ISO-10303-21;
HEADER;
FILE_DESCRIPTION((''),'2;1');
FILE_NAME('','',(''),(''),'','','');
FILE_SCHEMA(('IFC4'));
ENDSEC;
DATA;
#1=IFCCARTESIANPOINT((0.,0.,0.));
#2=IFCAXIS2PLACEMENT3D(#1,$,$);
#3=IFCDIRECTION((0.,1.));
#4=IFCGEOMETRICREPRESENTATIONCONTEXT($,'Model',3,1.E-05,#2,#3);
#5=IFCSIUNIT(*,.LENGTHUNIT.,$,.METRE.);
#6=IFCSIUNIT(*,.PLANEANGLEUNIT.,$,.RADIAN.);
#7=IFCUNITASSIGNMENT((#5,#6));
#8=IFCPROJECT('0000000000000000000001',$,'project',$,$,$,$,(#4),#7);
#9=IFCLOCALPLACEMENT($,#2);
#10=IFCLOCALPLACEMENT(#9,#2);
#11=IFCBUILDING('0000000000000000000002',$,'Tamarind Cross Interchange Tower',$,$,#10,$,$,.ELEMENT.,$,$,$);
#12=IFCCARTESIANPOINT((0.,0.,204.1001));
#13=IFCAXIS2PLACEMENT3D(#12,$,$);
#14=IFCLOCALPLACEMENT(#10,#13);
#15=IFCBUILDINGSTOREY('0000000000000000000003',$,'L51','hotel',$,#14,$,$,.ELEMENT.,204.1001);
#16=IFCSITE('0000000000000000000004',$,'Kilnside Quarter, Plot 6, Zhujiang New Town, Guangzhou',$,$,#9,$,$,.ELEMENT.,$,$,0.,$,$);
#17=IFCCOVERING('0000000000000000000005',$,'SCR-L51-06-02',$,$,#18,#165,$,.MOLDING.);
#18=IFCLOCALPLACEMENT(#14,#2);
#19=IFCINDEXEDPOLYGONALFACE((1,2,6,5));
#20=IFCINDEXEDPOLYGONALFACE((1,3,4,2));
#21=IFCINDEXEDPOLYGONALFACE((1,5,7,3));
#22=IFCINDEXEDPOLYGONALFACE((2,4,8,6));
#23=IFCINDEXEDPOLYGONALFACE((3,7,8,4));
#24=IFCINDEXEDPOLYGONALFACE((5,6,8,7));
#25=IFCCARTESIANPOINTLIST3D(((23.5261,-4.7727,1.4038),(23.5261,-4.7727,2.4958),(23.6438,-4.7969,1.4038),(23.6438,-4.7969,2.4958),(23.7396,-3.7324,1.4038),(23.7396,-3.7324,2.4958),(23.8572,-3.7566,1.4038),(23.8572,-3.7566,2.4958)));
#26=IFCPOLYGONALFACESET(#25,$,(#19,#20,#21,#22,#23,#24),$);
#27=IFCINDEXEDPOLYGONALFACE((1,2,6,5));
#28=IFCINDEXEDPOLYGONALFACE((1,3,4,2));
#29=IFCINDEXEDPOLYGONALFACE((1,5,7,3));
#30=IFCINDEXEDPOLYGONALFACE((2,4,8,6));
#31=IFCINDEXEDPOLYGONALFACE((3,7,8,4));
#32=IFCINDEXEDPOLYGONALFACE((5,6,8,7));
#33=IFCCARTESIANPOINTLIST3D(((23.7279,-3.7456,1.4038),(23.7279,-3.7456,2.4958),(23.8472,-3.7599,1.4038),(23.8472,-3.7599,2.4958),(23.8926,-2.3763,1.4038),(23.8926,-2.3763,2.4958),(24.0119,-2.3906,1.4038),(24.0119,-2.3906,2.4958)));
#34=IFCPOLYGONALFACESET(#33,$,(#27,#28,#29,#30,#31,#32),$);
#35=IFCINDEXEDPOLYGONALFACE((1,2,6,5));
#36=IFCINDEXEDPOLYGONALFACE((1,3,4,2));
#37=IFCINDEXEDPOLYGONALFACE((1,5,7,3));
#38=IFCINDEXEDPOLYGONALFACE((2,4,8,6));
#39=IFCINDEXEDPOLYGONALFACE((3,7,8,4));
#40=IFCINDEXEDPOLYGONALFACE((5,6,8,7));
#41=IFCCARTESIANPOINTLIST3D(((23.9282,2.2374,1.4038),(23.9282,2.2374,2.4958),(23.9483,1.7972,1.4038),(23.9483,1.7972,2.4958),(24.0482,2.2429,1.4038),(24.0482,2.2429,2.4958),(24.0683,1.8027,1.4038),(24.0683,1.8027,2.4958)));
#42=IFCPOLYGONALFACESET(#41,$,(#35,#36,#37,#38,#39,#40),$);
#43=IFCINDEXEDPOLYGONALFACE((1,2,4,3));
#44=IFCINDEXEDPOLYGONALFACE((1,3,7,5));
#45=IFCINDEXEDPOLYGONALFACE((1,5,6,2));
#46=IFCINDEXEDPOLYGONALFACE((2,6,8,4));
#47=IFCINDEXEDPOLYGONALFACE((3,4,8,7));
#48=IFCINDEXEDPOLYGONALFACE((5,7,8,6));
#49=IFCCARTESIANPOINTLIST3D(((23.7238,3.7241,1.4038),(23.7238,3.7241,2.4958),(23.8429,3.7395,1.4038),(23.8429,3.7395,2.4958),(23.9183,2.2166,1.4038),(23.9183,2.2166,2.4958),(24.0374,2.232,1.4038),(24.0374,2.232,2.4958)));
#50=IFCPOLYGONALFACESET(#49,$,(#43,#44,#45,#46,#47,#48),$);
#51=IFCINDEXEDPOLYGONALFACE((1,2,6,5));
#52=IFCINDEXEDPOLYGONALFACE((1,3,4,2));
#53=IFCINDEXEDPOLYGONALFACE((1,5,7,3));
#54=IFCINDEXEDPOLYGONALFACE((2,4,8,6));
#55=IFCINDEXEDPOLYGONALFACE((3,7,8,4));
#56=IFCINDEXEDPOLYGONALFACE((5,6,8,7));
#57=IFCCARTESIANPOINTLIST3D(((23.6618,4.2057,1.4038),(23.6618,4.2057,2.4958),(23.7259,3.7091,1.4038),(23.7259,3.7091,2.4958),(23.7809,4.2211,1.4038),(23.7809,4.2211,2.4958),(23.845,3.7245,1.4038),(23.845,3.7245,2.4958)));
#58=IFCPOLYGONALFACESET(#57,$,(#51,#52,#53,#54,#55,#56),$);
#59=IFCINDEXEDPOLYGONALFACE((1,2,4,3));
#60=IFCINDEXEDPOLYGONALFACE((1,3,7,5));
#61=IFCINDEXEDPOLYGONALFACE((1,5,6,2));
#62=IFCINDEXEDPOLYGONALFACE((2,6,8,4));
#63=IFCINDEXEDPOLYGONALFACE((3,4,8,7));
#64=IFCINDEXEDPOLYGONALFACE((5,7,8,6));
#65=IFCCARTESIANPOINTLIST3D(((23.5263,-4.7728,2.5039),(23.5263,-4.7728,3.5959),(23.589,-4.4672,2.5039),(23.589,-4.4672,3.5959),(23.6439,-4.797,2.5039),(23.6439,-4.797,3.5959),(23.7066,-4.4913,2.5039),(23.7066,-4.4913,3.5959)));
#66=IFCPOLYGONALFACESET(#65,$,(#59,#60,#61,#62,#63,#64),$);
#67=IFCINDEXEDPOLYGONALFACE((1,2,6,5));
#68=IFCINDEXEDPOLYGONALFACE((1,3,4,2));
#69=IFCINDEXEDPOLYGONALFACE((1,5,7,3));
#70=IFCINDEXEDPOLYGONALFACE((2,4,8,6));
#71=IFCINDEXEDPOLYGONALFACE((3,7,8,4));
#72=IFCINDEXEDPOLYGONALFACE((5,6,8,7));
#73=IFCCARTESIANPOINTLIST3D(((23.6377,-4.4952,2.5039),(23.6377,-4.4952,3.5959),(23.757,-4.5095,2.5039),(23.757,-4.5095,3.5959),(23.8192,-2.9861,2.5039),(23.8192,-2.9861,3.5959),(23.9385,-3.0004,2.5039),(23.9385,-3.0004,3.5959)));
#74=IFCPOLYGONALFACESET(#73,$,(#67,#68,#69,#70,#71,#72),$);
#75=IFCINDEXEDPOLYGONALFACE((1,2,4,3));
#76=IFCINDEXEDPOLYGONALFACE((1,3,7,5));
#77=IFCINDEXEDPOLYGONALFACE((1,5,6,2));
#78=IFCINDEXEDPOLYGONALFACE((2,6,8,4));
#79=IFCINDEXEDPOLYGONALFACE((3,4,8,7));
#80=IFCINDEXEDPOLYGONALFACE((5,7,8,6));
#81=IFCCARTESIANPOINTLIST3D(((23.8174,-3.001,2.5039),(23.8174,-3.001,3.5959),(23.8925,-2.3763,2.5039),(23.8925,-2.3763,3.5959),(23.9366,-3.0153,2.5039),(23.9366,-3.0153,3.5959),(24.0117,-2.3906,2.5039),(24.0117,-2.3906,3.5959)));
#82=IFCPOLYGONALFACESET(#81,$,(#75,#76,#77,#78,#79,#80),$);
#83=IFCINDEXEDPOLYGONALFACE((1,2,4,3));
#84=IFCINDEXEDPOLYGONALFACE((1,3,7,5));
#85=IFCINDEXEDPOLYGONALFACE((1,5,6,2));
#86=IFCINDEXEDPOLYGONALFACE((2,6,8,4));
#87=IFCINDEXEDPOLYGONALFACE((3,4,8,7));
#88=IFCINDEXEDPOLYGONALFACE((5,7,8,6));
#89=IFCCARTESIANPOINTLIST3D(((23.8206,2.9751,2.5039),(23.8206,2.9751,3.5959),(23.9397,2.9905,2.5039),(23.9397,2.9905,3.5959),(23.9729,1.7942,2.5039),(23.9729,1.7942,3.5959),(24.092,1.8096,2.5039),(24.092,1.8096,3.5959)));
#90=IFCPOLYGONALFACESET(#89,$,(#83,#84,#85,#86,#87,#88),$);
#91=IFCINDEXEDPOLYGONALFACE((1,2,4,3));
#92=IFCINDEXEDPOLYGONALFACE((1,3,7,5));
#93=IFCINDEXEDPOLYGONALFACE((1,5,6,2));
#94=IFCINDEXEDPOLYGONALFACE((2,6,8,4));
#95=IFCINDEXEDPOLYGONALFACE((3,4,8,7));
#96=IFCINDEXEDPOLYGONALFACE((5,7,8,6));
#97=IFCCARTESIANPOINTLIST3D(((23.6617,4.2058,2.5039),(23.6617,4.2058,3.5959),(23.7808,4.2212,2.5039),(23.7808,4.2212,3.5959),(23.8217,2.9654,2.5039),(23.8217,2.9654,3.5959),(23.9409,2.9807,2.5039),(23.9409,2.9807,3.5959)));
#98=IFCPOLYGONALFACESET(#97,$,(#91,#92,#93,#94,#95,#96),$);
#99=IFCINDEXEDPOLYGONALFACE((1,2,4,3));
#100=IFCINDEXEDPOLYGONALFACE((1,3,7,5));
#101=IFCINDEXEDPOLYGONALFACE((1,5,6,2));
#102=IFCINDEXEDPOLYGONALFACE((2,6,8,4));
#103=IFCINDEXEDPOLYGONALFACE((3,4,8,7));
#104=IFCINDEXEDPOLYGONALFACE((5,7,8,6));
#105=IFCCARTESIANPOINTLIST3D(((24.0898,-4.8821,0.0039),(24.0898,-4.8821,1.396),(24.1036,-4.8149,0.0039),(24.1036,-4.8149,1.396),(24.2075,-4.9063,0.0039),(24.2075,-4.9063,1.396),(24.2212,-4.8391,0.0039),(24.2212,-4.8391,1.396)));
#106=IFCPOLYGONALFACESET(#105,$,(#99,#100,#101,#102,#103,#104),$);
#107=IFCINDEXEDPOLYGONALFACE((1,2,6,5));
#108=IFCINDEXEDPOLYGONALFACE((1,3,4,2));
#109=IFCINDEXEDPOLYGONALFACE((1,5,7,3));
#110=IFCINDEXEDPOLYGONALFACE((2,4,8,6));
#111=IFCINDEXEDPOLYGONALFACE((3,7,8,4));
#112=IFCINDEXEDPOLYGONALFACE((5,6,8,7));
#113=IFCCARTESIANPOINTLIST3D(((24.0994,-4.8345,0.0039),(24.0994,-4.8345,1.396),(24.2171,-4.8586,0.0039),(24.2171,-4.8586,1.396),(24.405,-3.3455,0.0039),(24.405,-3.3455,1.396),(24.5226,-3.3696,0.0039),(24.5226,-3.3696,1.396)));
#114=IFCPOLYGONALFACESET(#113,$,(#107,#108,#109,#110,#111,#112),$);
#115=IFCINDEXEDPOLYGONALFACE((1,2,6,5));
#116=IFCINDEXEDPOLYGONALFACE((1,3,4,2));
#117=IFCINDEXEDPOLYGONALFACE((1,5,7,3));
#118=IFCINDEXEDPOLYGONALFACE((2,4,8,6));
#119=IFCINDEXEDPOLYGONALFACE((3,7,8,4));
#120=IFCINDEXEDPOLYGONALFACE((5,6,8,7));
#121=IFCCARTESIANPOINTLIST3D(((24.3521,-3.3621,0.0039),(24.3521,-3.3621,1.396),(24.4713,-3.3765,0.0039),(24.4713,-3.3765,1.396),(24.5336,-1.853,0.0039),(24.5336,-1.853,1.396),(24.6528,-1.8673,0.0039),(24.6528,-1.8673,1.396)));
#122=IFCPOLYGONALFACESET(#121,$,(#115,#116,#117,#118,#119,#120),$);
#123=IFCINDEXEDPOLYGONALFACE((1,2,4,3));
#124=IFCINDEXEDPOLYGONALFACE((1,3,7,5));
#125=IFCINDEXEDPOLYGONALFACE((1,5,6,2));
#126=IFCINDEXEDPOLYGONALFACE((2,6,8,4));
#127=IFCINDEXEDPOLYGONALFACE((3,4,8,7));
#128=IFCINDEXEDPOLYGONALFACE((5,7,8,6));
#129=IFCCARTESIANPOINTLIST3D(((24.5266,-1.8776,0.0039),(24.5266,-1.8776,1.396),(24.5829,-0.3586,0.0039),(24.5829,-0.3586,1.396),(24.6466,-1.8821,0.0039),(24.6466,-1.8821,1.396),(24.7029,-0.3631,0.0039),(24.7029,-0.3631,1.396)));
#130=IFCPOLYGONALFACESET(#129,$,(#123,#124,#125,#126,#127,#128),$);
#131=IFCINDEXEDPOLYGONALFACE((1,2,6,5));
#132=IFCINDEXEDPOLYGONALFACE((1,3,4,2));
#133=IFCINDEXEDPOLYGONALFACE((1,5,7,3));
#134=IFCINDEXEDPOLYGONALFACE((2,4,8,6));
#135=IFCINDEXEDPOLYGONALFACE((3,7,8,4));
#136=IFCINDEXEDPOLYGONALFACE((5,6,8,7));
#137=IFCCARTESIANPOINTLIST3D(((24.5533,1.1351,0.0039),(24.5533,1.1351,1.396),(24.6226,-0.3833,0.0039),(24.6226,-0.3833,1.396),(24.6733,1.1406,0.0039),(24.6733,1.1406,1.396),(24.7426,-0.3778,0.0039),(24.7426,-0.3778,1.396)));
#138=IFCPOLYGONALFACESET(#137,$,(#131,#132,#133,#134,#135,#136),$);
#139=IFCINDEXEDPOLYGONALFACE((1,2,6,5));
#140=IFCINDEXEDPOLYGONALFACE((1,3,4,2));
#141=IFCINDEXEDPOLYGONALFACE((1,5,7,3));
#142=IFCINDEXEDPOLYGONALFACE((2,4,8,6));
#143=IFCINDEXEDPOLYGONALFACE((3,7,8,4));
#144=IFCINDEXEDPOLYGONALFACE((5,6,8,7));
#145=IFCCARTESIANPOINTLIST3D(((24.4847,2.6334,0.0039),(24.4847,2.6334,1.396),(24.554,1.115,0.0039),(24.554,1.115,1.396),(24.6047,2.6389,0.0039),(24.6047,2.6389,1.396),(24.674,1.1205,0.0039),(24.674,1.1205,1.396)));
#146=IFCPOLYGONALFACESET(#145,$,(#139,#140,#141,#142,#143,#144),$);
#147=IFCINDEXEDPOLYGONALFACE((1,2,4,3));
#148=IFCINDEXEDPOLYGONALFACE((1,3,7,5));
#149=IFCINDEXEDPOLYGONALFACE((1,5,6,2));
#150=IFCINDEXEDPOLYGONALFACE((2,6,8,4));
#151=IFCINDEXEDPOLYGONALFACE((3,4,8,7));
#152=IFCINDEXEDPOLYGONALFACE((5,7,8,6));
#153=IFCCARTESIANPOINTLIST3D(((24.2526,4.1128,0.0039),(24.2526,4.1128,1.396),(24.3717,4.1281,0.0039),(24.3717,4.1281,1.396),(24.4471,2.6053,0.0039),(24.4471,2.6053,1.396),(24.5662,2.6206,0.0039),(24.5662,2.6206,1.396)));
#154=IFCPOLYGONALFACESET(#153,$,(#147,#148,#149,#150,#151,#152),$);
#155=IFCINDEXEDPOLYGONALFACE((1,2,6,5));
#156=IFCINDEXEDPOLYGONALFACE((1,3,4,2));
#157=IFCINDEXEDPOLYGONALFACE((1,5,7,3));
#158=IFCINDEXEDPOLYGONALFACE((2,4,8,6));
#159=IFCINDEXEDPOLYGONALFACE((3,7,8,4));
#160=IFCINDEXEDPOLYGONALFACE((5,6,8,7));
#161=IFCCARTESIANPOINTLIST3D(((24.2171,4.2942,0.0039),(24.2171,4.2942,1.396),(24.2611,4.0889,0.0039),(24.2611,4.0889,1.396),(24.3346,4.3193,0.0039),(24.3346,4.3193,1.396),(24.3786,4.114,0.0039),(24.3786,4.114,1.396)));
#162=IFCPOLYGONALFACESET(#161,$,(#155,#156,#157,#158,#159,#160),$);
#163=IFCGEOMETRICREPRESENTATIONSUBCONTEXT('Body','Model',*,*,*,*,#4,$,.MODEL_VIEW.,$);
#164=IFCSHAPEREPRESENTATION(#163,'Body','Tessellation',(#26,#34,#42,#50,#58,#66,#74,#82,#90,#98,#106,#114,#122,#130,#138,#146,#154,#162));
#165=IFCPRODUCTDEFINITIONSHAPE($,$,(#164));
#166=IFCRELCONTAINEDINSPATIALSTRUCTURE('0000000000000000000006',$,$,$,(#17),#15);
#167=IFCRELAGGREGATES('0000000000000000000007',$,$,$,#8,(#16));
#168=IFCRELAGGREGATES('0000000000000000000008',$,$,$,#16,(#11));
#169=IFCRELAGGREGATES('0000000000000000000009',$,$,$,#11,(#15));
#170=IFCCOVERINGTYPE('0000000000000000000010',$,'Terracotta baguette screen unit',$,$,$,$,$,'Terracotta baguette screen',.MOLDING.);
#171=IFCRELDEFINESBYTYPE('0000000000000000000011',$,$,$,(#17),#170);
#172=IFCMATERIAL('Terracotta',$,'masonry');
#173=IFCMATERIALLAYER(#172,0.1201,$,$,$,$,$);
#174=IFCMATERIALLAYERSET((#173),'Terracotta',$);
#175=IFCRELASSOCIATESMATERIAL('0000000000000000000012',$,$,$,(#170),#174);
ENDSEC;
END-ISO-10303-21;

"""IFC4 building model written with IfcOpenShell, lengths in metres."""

from ifc_helpers import new_model, si_unit, direction, frame, origin, origin_2d, place, context, subcontext, project, spatial, rectangle, extrude, material, layer, layer_set, type_object, element, save


model = new_model("IFC4")

# Units and contexts
model_context = context("Model", 3, precision=1e-05, world=origin(), true_north=direction((0.0, 1.0)))
body_context = subcontext(model_context, "Body", "Model", "MODEL_VIEW")
ifc_project = project(units=[si_unit("LENGTHUNIT", "METRE"), si_unit("PLANEANGLEUNIT", "RADIAN")], contexts=[model_context])

# Site, building, storey
site_placement = place(None, origin())
site = spatial("IfcSite", under=ifc_project, at=site_placement, Name="Kilnside Quarter, Plot 6, Zhujiang New Town, Guangzhou", CompositionType="ELEMENT", RefElevation=0.0)
building_placement = place(site_placement, origin())
building = spatial("IfcBuilding", under=site, at=building_placement, Name="Tamarind Cross Interchange Tower", CompositionType="ELEMENT")
storey_placement = place(building_placement, frame((0.0, 0.0, 204.1001)))
storey = spatial("IfcBuildingStorey", under=building, at=storey_placement, Name="L51", Description="hotel", CompositionType="ELEMENT", Elevation=204.1001)

# Covering
ifc_material_1 = material(Name="Terracotta", Category="masonry")
ifc_layer_1 = layer(ifc_material_1, 0.1201)
ifc_layer_set_1 = layer_set([ifc_layer_1], Name="Terracotta")
covering_type = type_object("IfcCoveringType", Name="Terracotta baguette screen unit", ElementType="Terracotta baguette screen", PredefinedType="MOLDING", material=ifc_layer_set_1)
covering_1_placement = place(storey_placement, origin())
element("IfcCovering", 1, at=covering_1_placement, inside=storey, type_object=covering_type, Name="SCR-L51-06-02", PredefinedType="MOLDING", context=body_context, shape_type="SweptSolid", body=[
    extrude(rectangle(XDim=1.062, YDim=0.1201, at=origin_2d()), frame((23.6917, -4.2646, 1.4038), z_axis=(0.0, 0.0, 1.0), x_axis=(0.201001, 0.979591, 0.0)), (0.0, 0.0, 1.0), 1.092),
    extrude(rectangle(XDim=1.3792, YDim=0.1201, at=origin_2d()), frame((23.8699, -3.0681, 1.4038), z_axis=(0.0, 0.0, 1.0), x_axis=(0.119421, 0.992844, 0.0)), (0.0, 0.0, 1.0), 1.092),
    extrude(rectangle(XDim=0.4407, YDim=0.1201, at=origin_2d()), frame((23.9983, 2.02, 1.4038), z_axis=(0.0, 0.0, 1.0), x_axis=(-0.045624, 0.998959, 0.0)), (0.0, 0.0, 1.0), 1.092),
    extrude(rectangle(XDim=1.52, YDim=0.1201, at=origin_2d()), frame((23.8806, 2.978, 1.4038), z_axis=(0.0, 0.0, 1.0), x_axis=(-0.127962, 0.991779, 0.0)), (0.0, 0.0, 1.0), 1.092),
    extrude(rectangle(XDim=0.5007, YDim=0.1201, at=origin_2d()), frame((23.7534, 3.9651, 1.4038), z_axis=(0.0, 0.0, 1.0), x_axis=(-0.127962, 0.991779, 0.0)), (0.0, 0.0, 1.0), 1.092),
    extrude(rectangle(XDim=0.312, YDim=0.1201, at=origin_2d()), frame((23.6165, -4.6321, 2.5039), z_axis=(0.0, 0.0, 1.0), x_axis=(0.201001, 0.979591, 0.0)), (0.0, 0.0, 1.0), 1.092),
    extrude(rectangle(XDim=1.52, YDim=0.1201, at=origin_2d()), frame((23.7881, -3.7478, 2.5039), z_axis=(0.0, 0.0, 1.0), x_axis=(0.119421, 0.992844, 0.0)), (0.0, 0.0, 1.0), 1.092),
    extrude(rectangle(XDim=0.6292, YDim=0.1201, at=origin_2d()), frame((23.9146, -2.6958, 2.5039), z_axis=(0.0, 0.0, 1.0), x_axis=(0.119421, 0.992844, 0.0)), (0.0, 0.0, 1.0), 1.092),
    extrude(rectangle(XDim=1.1907, YDim=0.1201, at=origin_2d()), frame((23.9563, 2.3923, 2.5039), z_axis=(0.0, 0.0, 1.0), x_axis=(-0.127962, 0.991779, 0.0)), (0.0, 0.0, 1.0), 1.092),
    extrude(rectangle(XDim=1.2507, YDim=0.1201, at=origin_2d()), frame((23.8013, 3.5933, 2.5039), z_axis=(0.0, 0.0, 1.0), x_axis=(-0.127962, 0.991779, 0.0)), (0.0, 0.0, 1.0), 1.092),
    extrude(rectangle(XDim=0.0686, YDim=0.1201, at=origin_2d()), frame((24.1555, -4.8606, 0.0039), z_axis=(0.0, 0.0, 1.0), x_axis=(0.201001, 0.979591, 0.0)), (0.0, 0.0, 1.0), 1.3921),
    extrude(rectangle(XDim=1.52, YDim=0.1201, at=origin_2d()), frame((24.311, -4.1021, 0.0039), z_axis=(0.0, 0.0, 1.0), x_axis=(0.201001, 0.979591, 0.0)), (0.0, 0.0, 1.0), 1.3921),
    extrude(rectangle(XDim=1.52, YDim=0.1201, at=origin_2d()), frame((24.5024, -2.6147, 0.0039), z_axis=(0.0, 0.0, 1.0), x_axis=(0.119421, 0.992844, 0.0)), (0.0, 0.0, 1.0), 1.3921),
    extrude(rectangle(XDim=1.52, YDim=0.1201, at=origin_2d()), frame((24.6147, -1.1204, 0.0039), z_axis=(0.0, 0.0, 1.0), x_axis=(0.037025, 0.999314, 0.0)), (0.0, 0.0, 1.0), 1.3921),
    extrude(rectangle(XDim=1.52, YDim=0.1201, at=origin_2d()), frame((24.6479, 0.3787, 0.0039), z_axis=(0.0, 0.0, 1.0), x_axis=(-0.045624, 0.998959, 0.0)), (0.0, 0.0, 1.0), 1.3921),
    extrude(rectangle(XDim=1.52, YDim=0.1201, at=origin_2d()), frame((24.5793, 1.877, 0.0039), z_axis=(0.0, 0.0, 1.0), x_axis=(-0.045624, 0.998959, 0.0)), (0.0, 0.0, 1.0), 1.3921),
    extrude(rectangle(XDim=1.52, YDim=0.1201, at=origin_2d()), frame((24.4094, 3.3667, 0.0039), z_axis=(0.0, 0.0, 1.0), x_axis=(-0.127962, 0.991779, 0.0)), (0.0, 0.0, 1.0), 1.3921),
    extrude(rectangle(XDim=0.21, YDim=0.1201, at=origin_2d()), frame((24.2979, 4.2041, 0.0039), z_axis=(0.0, 0.0, 1.0), x_axis=(-0.209425, 0.977825, 0.0)), (0.0, 0.0, 1.0), 1.3921),
])

save(model, "model.ifc")
